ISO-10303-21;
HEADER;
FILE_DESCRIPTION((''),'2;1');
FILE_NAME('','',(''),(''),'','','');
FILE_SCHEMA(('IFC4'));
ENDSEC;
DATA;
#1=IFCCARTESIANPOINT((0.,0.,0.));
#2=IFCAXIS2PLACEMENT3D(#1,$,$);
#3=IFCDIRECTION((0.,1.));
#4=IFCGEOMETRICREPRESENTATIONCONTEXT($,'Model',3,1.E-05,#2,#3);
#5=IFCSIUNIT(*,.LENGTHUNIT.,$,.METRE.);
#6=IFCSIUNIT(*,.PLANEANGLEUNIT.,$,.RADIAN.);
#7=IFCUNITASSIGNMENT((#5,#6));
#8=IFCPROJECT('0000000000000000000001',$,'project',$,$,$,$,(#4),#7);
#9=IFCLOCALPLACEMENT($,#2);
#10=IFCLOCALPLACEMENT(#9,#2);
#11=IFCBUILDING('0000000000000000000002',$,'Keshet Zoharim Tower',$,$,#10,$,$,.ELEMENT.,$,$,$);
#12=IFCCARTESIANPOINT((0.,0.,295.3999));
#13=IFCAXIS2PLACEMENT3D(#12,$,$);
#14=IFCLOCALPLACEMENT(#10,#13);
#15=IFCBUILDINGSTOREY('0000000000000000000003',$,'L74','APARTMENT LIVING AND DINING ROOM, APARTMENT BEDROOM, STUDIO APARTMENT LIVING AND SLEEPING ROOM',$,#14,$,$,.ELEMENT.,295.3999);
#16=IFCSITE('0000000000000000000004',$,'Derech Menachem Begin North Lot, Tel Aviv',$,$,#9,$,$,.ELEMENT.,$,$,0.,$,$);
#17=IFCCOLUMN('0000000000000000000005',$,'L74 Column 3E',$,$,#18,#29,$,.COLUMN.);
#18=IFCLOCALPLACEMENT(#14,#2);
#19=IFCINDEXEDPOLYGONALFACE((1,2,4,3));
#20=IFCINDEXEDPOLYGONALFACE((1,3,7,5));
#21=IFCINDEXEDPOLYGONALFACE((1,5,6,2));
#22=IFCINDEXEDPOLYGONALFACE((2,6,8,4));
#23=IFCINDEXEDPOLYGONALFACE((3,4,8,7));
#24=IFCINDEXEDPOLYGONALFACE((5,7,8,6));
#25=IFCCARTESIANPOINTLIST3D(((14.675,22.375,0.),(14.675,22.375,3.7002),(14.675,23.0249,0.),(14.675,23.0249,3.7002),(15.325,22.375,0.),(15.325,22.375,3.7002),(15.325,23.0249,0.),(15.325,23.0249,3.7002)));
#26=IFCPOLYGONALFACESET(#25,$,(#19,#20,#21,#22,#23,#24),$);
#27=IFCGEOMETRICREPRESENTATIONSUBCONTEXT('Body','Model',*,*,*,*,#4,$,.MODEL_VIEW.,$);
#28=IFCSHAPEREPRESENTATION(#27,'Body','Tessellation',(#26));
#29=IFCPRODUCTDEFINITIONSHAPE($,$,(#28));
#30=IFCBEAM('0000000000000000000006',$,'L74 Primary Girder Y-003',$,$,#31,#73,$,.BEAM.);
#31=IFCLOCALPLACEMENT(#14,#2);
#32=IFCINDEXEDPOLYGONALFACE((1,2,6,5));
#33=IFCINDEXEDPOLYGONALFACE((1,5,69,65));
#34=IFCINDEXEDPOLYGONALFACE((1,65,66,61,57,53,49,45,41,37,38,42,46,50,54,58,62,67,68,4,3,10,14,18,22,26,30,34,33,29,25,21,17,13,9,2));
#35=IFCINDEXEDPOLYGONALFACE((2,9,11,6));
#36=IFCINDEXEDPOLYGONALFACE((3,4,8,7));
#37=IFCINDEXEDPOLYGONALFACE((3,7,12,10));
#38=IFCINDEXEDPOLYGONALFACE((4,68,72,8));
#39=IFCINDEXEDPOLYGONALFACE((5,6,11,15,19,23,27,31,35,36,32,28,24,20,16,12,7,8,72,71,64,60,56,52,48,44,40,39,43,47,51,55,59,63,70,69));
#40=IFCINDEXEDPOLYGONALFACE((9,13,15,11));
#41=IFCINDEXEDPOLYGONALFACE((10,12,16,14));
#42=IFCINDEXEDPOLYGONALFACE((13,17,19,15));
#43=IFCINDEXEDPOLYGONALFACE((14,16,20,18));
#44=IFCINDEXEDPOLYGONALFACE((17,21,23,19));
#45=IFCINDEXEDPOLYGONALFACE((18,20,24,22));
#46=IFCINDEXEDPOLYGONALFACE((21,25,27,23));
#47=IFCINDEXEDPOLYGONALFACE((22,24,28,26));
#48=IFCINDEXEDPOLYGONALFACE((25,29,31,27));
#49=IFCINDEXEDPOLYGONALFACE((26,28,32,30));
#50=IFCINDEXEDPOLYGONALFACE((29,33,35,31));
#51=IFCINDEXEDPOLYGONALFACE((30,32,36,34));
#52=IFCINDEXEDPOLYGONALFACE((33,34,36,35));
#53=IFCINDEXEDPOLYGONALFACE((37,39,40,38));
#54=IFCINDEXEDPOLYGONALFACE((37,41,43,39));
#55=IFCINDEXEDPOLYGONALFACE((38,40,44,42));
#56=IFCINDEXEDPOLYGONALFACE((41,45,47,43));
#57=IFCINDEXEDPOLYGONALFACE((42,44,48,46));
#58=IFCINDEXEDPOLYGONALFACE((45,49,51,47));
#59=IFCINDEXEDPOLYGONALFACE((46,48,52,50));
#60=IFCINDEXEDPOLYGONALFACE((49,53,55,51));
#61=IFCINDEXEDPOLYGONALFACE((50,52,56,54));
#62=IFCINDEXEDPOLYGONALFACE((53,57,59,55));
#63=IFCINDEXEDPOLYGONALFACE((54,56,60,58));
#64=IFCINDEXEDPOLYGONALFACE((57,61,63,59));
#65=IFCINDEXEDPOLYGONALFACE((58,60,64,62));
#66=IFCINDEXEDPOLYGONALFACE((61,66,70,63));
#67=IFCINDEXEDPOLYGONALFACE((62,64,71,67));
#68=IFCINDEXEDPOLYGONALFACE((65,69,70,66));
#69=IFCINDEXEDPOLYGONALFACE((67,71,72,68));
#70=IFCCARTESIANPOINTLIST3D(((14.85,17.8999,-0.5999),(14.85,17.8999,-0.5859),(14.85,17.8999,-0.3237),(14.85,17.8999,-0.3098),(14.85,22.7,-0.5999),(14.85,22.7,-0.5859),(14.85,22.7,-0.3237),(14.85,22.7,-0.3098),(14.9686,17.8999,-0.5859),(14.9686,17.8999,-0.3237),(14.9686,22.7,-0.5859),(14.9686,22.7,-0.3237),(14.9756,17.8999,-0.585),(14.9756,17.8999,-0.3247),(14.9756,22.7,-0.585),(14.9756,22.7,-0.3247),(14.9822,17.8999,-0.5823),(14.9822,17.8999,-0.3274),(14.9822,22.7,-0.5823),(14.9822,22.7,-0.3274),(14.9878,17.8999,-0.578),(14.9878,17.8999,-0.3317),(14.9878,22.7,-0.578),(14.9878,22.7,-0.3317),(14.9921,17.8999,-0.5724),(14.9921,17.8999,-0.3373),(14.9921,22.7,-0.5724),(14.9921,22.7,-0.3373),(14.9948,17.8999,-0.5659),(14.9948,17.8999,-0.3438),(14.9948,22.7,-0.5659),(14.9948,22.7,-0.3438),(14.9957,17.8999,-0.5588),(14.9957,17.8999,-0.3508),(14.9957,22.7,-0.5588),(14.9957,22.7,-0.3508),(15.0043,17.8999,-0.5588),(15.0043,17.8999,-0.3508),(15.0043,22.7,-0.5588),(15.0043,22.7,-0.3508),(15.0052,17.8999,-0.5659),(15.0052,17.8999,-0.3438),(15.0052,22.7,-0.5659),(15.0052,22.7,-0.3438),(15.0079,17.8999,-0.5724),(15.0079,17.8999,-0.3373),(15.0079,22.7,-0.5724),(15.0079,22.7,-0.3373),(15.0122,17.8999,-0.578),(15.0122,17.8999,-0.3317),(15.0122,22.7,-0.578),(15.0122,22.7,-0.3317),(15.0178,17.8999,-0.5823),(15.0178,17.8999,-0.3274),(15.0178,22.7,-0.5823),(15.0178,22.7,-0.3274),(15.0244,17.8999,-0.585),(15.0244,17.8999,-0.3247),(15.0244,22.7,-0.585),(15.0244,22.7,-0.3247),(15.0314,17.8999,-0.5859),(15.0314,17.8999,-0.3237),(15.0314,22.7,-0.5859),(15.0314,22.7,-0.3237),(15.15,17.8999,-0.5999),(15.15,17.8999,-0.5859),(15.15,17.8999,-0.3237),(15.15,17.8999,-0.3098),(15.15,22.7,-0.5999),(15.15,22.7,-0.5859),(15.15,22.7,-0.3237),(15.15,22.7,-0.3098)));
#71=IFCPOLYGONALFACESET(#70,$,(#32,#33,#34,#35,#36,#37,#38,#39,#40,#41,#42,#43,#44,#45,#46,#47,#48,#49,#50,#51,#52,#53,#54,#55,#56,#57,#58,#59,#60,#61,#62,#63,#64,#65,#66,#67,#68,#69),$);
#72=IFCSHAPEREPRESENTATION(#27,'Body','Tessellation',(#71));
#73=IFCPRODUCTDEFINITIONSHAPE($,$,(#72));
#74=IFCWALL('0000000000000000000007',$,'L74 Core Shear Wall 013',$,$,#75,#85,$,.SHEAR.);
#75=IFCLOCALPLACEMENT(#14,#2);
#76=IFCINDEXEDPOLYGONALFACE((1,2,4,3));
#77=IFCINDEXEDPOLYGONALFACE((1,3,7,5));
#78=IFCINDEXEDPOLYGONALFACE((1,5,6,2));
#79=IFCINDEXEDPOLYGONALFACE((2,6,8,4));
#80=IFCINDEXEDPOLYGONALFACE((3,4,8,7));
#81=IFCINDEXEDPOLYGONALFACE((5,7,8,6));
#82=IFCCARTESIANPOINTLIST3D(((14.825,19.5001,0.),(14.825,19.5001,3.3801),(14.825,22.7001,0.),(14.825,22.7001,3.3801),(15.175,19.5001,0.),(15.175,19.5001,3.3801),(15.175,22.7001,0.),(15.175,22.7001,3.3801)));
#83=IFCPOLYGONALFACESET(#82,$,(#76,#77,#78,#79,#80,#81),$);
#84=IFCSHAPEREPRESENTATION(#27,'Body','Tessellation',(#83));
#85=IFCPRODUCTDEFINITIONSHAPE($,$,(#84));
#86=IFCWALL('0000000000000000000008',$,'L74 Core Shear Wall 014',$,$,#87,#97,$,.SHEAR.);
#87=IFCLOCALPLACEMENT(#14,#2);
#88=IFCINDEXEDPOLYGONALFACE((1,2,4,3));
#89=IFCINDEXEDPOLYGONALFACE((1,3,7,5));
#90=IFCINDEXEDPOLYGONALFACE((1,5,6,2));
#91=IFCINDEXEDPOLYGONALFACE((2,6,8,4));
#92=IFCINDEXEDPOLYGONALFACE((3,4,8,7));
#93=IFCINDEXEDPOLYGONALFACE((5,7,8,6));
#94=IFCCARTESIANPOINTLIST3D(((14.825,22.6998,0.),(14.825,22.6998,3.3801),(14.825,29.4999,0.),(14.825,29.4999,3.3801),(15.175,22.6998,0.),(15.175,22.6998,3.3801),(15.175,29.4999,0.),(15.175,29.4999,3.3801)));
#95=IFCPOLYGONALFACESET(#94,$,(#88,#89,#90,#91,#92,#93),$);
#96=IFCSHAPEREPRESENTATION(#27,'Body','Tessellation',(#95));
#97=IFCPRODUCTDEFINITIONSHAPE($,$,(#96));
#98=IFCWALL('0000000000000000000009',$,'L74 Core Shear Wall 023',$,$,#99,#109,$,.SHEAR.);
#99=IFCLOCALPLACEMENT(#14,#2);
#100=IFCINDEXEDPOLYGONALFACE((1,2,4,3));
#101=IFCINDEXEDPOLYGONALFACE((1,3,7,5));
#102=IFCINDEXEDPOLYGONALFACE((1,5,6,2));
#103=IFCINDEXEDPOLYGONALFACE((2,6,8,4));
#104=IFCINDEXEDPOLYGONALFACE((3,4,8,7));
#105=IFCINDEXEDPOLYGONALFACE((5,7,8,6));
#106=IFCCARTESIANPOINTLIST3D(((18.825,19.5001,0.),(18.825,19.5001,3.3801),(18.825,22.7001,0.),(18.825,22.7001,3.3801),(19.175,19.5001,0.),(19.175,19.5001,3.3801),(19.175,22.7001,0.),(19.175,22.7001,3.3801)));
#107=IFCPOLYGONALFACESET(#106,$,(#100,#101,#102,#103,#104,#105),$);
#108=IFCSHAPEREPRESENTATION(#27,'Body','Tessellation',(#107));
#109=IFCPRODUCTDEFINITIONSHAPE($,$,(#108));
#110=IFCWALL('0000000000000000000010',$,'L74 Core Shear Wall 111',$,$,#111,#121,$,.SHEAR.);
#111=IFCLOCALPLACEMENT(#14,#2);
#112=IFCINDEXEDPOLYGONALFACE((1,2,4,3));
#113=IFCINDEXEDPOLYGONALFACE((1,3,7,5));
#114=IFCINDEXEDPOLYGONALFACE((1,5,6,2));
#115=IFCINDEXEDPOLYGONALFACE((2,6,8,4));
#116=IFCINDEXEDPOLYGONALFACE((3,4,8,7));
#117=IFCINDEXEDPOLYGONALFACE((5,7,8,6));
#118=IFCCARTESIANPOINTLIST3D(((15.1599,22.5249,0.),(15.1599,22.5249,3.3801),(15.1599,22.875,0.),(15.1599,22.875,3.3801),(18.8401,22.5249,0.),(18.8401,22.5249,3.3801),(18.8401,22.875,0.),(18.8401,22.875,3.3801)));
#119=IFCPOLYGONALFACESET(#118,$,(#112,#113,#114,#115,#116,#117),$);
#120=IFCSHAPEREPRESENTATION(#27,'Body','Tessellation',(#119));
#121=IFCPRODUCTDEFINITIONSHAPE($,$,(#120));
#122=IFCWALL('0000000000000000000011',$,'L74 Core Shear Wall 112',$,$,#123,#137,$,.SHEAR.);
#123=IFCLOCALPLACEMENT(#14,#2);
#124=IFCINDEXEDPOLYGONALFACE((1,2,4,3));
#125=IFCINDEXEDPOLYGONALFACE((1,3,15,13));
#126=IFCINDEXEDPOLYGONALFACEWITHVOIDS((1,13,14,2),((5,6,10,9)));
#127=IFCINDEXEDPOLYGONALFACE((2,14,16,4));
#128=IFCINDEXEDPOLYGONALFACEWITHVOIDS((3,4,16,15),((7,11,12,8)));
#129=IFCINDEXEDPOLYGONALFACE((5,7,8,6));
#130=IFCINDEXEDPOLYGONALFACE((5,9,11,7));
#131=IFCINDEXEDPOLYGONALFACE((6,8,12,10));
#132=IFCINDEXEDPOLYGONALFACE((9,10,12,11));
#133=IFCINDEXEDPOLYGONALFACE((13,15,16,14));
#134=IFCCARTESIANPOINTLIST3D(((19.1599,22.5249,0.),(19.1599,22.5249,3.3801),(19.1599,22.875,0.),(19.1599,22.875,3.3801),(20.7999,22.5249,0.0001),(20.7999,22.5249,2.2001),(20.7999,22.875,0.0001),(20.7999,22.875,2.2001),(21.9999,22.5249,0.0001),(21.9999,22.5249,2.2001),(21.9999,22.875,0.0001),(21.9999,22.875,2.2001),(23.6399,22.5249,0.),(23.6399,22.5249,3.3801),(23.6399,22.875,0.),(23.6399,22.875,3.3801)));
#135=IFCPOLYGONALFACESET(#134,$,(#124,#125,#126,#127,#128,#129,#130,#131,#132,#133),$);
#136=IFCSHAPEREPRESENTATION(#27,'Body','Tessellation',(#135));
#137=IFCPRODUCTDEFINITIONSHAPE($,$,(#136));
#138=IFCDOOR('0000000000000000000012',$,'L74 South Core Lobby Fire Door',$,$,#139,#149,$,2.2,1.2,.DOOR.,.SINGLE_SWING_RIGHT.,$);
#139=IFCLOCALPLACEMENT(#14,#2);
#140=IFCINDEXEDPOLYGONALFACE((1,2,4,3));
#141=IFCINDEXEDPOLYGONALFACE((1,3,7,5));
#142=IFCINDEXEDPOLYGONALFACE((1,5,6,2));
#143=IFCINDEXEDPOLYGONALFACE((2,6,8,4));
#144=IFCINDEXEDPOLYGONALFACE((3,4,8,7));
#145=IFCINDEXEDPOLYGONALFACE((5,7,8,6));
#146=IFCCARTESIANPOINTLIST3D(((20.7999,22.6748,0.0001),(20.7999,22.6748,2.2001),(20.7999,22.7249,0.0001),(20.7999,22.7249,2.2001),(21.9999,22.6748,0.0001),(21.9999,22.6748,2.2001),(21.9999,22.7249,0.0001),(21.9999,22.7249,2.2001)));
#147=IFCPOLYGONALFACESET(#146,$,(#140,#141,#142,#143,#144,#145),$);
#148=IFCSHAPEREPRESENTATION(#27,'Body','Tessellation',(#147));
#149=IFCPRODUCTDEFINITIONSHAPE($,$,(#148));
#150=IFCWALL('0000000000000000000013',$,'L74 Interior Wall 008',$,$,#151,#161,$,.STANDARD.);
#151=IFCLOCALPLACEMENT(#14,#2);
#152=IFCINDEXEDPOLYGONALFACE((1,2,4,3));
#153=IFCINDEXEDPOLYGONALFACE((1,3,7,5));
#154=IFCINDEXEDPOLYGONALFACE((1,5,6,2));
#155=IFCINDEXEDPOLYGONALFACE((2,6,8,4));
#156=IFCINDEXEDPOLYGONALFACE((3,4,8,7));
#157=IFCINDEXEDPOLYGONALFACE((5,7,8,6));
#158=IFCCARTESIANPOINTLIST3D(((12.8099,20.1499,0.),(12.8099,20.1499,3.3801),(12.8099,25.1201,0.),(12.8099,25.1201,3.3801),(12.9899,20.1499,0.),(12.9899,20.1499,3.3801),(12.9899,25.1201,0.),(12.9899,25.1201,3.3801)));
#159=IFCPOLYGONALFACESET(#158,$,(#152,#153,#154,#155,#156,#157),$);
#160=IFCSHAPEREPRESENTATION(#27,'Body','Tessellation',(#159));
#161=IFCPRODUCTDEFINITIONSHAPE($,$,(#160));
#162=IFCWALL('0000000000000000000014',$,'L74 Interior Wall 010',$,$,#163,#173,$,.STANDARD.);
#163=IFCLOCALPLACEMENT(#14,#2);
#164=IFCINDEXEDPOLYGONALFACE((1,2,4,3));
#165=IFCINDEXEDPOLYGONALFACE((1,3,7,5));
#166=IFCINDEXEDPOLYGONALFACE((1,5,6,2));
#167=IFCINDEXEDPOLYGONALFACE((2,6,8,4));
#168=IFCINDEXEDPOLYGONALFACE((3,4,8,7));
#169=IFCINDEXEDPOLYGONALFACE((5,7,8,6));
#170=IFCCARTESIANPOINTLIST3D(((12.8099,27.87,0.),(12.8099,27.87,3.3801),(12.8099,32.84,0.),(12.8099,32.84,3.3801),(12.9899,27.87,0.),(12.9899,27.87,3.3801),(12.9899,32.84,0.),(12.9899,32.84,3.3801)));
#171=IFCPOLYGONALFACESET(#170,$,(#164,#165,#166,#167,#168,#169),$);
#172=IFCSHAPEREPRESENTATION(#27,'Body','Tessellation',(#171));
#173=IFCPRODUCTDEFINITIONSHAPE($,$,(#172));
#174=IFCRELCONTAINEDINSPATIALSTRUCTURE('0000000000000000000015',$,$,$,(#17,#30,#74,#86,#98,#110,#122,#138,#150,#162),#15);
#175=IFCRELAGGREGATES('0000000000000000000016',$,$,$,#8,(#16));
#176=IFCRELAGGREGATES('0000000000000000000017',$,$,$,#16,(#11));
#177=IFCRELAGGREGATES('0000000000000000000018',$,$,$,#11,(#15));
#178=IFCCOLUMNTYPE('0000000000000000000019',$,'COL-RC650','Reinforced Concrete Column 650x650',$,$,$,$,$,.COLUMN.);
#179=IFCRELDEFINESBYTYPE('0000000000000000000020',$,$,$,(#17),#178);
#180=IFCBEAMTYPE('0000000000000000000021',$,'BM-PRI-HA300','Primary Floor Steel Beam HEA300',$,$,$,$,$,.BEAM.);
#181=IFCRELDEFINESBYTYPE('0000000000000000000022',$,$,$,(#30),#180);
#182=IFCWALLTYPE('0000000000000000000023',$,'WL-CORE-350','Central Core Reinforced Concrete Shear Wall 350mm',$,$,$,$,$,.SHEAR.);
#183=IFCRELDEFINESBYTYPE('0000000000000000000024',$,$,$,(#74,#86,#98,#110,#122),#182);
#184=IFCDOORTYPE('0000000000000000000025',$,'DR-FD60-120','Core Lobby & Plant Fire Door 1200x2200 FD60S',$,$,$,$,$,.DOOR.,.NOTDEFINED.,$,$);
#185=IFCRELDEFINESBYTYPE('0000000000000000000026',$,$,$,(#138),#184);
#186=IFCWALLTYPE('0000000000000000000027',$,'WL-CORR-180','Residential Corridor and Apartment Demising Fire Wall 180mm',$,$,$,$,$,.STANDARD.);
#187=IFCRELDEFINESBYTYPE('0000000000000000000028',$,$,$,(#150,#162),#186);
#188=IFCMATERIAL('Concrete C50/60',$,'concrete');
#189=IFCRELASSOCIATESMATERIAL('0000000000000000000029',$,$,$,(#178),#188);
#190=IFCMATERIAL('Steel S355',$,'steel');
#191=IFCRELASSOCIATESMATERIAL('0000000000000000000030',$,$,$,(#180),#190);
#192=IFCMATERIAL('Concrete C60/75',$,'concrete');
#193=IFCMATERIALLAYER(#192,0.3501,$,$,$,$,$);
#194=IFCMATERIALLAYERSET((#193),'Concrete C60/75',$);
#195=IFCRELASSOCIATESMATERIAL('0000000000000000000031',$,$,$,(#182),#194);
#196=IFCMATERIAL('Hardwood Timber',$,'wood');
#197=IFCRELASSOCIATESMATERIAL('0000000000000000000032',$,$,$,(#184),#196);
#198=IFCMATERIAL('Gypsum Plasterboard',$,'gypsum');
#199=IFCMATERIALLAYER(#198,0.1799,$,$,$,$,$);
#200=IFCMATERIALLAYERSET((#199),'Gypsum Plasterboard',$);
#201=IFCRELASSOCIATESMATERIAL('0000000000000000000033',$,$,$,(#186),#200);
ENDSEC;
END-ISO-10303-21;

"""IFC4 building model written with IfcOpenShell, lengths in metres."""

from ifc_helpers import new_model, si_unit, direction, frame, frame_2d, origin, origin_2d, place, context, subcontext, project, spatial, rectangle, i_section, extrude, material, layer, layer_set, material_profile, profile_set, type_object, element, fill, save


model = new_model("IFC4")

# Units and contexts
model_context = context("Model", 3, precision=1e-05, world=origin(), true_north=direction((0.0, 1.0)))
body_context = subcontext(model_context, "Body", "Model", "MODEL_VIEW")
ifc_project = project(units=[si_unit("LENGTHUNIT", "METRE"), si_unit("PLANEANGLEUNIT", "RADIAN")], contexts=[model_context])

# Site, building, storey
site_placement = place(None, origin())
site = spatial("IfcSite", under=ifc_project, at=site_placement, Name="Derech Menachem Begin North Lot, Tel Aviv", CompositionType="ELEMENT", RefElevation=0.0)
building_placement = place(site_placement, origin())
building = spatial("IfcBuilding", under=site, at=building_placement, Name="Keshet Zoharim Tower", CompositionType="ELEMENT")
storey_placement = place(building_placement, frame((0.0, 0.0, 295.3999)))
storey = spatial("IfcBuildingStorey", under=building, at=storey_placement, Name="L74", Description="APARTMENT LIVING AND DINING ROOM, APARTMENT BEDROOM, STUDIO APARTMENT LIVING AND SLEEPING ROOM", CompositionType="ELEMENT", Elevation=295.3999)

# Column
ifc_material_1 = material(Name="Concrete C50/60", Category="concrete")
ifc_material_profile_1 = material_profile(ifc_material_1, rectangle(XDim=0.6499, YDim=0.6499, at=origin_2d()), Name="RC650x650")
ifc_profile_set_1 = profile_set([ifc_material_profile_1], Name="Concrete C50/60")
column_type = type_object("IfcColumnType", Name="COL-RC650", Description="Reinforced Concrete Column 650x650", PredefinedType="COLUMN", material=ifc_profile_set_1)
column_placement = place(storey_placement, frame((15.0, 22.7, 0.0), z_axis=(0.0, 0.0, 1.0), x_axis=(1.0, 0.0, 0.0)))
element("IfcColumn", 1, at=column_placement, inside=storey, type_object=column_type, Name="L74 Column 3E", PredefinedType="COLUMN", context=body_context, shape_type="SweptSolid", body=[
    extrude(rectangle(XDim=0.6499, YDim=0.6499, at=origin_2d()), origin(), (0.0, 0.0, 1.0), 3.7002),
])

# Beam
ifc_material_2 = material(Name="Steel S355", Category="steel")
ifc_material_profile_2 = material_profile(ifc_material_2, i_section(OverallWidth=0.3, OverallDepth=0.29, WebThickness=0.0085, FlangeThickness=0.0139, FilletRadius=0.0271, at=origin_2d()), Name="HEA300")
ifc_profile_set_2 = profile_set([ifc_material_profile_2], Name="Steel S355")
beam_type = type_object("IfcBeamType", Name="BM-PRI-HA300", Description="Primary Floor Steel Beam HEA300", PredefinedType="BEAM", material=ifc_profile_set_2)
beam_placement = place(storey_placement, frame((15.0, 17.8999, -0.4548), z_axis=(0.0, 1.0, 0.0), x_axis=(-1.0, 0.0, 0.0)))
element("IfcBeam", 2, at=beam_placement, inside=storey, type_object=beam_type, Name="L74 Primary Girder Y-003", PredefinedType="BEAM", context=body_context, shape_type="SweptSolid", body=[
    extrude(i_section(OverallWidth=0.3, OverallDepth=0.29, WebThickness=0.0085, FlangeThickness=0.0139, FilletRadius=0.0271, at=origin_2d()), origin(), (0.0, 0.0, 1.0), 4.8),
])

# Walls
ifc_material_3 = material(Name="Concrete C60/75", Category="concrete")
ifc_layer_1 = layer(ifc_material_3, 0.3501)
ifc_layer_set_1 = layer_set([ifc_layer_1], Name="Concrete C60/75")
wall_type_1 = type_object("IfcWallType", Name="WL-CORE-350", Description="Central Core Reinforced Concrete Shear Wall 350mm", PredefinedType="SHEAR", material=ifc_layer_set_1)
wall_1_placement = place(storey_placement, frame((15.0, 19.5, 0.0), z_axis=(0.0, 0.0, 1.0), x_axis=(0.0, 1.0, 0.0)))
element("IfcWall", 3, at=wall_1_placement, inside=storey, type_object=wall_type_1, Name="L74 Core Shear Wall 013", PredefinedType="SHEAR", context=body_context, shape_type="SweptSolid", body=[
    extrude(rectangle(XDim=3.2, YDim=0.3501, at=frame_2d((1.6001, 0.0))), origin(), (0.0, 0.0, 1.0), 3.3801),
])
wall_2_placement = place(storey_placement, frame((15.0, 22.7, 0.0), z_axis=(0.0, 0.0, 1.0), x_axis=(0.0, 1.0, 0.0)))
element("IfcWall", 4, at=wall_2_placement, inside=storey, type_object=wall_type_1, Name="L74 Core Shear Wall 014", PredefinedType="SHEAR", context=body_context, shape_type="SweptSolid", body=[
    extrude(rectangle(XDim=6.8, YDim=0.3501, at=frame_2d((3.3999, 0.0))), origin(), (0.0, 0.0, 1.0), 3.3801),
])
wall_3_placement = place(storey_placement, frame((19.0, 19.5, 0.0), z_axis=(0.0, 0.0, 1.0), x_axis=(0.0, 1.0, 0.0)))
element("IfcWall", 5, at=wall_3_placement, inside=storey, type_object=wall_type_1, Name="L74 Core Shear Wall 023", PredefinedType="SHEAR", context=body_context, shape_type="SweptSolid", body=[
    extrude(rectangle(XDim=3.2, YDim=0.3501, at=frame_2d((1.6001, 0.0))), origin(), (0.0, 0.0, 1.0), 3.3801),
])

# Shared definitions
ifc_material_4 = material(Name="Hardwood Timber", Category="wood")

# Wall
wall_4_placement = place(storey_placement, frame((15.1599, 22.7, 0.0), z_axis=(0.0, 0.0, 1.0), x_axis=(1.0, 0.0, 0.0)))
element("IfcWall", 6, at=wall_4_placement, inside=storey, type_object=wall_type_1, Name="L74 Core Shear Wall 111", PredefinedType="SHEAR", context=body_context, shape_type="SweptSolid", body=[
    extrude(rectangle(XDim=3.6802, YDim=0.3501, at=frame_2d((1.8401, 0.0))), origin(), (0.0, 0.0, 1.0), 3.3801),
])

# Wall, opening, door
wall_5_placement = place(storey_placement, frame((19.1599, 22.7, 0.0), z_axis=(0.0, 0.0, 1.0), x_axis=(1.0, 0.0, 0.0)))
wall_5 = element("IfcWall", 7, at=wall_5_placement, inside=storey, type_object=wall_type_1, Name="L74 Core Shear Wall 112", PredefinedType="SHEAR", context=body_context, shape_type="SweptSolid", body=[
    extrude(rectangle(XDim=4.48, YDim=0.3501, at=frame_2d((2.24, 0.0))), origin(), (0.0, 0.0, 1.0), 3.3801),
])
opening_1_placement = place(wall_5_placement, frame((1.6399, 0.0, 0.0)))
opening_1 = element("IfcOpeningElement", 8, at=opening_1_placement, cuts=wall_5, PredefinedType="OPENING", context=body_context, shape_type="SweptSolid", body=[
    extrude(rectangle(XDim=1.2, YDim=2.2, at=frame_2d((0.6001, 1.1001))), frame((0.0, 0.1851, 0.0), z_axis=(0.0, -1.0, 0.0), x_axis=(1.0, 0.0, 0.0)), (0.0, 0.0, 1.0), 0.3701),
])
door_type_1 = type_object("IfcDoorType", Name="DR-FD60-120", Description="Core Lobby & Plant Fire Door 1200x2200 FD60S", OperationType="NOTDEFINED", PredefinedType="DOOR", material=ifc_material_4)
door_1_placement = place(opening_1_placement, origin())
door_1 = element("IfcDoor", 9, at=door_1_placement, inside=storey, type_object=door_type_1, Name="L74 South Core Lobby Fire Door", OperationType="SINGLE_SWING_RIGHT", OverallHeight=2.2, OverallWidth=1.2, PredefinedType="DOOR", context=body_context, shape_type="SweptSolid", body=[
    extrude(rectangle(XDim=1.2, YDim=2.2, at=frame_2d((0.6001, 1.1001))), frame((0.0, 0.0249, 0.0), z_axis=(0.0, -1.0, 0.0), x_axis=(1.0, 0.0, 0.0)), (0.0, 0.0, 1.0), 0.05),
])
fill(opening_1, door_1)

# Wall
ifc_material_5 = material(Name="Gypsum Plasterboard", Category="gypsum")
ifc_layer_2 = layer(ifc_material_5, 0.1799)
ifc_layer_set_2 = layer_set([ifc_layer_2], Name="Gypsum Plasterboard")
wall_type_2 = type_object("IfcWallType", Name="WL-CORR-180", Description="Residential Corridor and Apartment Demising Fire Wall 180mm", PredefinedType="STANDARD", material=ifc_layer_set_2)
wall_6_placement = place(storey_placement, frame((12.8999, 20.1499, 0.0), z_axis=(0.0, 0.0, 1.0), x_axis=(0.0, 1.0, 0.0)))
element("IfcWall", 10, at=wall_6_placement, inside=storey, type_object=wall_type_2, Name="L74 Interior Wall 008", PredefinedType="STANDARD", context=body_context, shape_type="SweptSolid", body=[
    extrude(rectangle(XDim=4.9702, YDim=0.1799, at=frame_2d((2.4851, 0.0))), origin(), (0.0, 0.0, 1.0), 3.3801),
])

# Wall
wall_7_placement = place(storey_placement, frame((12.8999, 27.8701, 0.0), z_axis=(0.0, 0.0, 1.0), x_axis=(0.0, 1.0, 0.0)))
element("IfcWall", 11, at=wall_7_placement, inside=storey, type_object=wall_type_2, Name="L74 Interior Wall 010", PredefinedType="STANDARD", context=body_context, shape_type="SweptSolid", body=[
    extrude(rectangle(XDim=4.97, YDim=0.1799, at=frame_2d((2.4849, 0.0))), origin(), (0.0, 0.0, 1.0), 3.3801),
])

save(model, "model.ifc")
